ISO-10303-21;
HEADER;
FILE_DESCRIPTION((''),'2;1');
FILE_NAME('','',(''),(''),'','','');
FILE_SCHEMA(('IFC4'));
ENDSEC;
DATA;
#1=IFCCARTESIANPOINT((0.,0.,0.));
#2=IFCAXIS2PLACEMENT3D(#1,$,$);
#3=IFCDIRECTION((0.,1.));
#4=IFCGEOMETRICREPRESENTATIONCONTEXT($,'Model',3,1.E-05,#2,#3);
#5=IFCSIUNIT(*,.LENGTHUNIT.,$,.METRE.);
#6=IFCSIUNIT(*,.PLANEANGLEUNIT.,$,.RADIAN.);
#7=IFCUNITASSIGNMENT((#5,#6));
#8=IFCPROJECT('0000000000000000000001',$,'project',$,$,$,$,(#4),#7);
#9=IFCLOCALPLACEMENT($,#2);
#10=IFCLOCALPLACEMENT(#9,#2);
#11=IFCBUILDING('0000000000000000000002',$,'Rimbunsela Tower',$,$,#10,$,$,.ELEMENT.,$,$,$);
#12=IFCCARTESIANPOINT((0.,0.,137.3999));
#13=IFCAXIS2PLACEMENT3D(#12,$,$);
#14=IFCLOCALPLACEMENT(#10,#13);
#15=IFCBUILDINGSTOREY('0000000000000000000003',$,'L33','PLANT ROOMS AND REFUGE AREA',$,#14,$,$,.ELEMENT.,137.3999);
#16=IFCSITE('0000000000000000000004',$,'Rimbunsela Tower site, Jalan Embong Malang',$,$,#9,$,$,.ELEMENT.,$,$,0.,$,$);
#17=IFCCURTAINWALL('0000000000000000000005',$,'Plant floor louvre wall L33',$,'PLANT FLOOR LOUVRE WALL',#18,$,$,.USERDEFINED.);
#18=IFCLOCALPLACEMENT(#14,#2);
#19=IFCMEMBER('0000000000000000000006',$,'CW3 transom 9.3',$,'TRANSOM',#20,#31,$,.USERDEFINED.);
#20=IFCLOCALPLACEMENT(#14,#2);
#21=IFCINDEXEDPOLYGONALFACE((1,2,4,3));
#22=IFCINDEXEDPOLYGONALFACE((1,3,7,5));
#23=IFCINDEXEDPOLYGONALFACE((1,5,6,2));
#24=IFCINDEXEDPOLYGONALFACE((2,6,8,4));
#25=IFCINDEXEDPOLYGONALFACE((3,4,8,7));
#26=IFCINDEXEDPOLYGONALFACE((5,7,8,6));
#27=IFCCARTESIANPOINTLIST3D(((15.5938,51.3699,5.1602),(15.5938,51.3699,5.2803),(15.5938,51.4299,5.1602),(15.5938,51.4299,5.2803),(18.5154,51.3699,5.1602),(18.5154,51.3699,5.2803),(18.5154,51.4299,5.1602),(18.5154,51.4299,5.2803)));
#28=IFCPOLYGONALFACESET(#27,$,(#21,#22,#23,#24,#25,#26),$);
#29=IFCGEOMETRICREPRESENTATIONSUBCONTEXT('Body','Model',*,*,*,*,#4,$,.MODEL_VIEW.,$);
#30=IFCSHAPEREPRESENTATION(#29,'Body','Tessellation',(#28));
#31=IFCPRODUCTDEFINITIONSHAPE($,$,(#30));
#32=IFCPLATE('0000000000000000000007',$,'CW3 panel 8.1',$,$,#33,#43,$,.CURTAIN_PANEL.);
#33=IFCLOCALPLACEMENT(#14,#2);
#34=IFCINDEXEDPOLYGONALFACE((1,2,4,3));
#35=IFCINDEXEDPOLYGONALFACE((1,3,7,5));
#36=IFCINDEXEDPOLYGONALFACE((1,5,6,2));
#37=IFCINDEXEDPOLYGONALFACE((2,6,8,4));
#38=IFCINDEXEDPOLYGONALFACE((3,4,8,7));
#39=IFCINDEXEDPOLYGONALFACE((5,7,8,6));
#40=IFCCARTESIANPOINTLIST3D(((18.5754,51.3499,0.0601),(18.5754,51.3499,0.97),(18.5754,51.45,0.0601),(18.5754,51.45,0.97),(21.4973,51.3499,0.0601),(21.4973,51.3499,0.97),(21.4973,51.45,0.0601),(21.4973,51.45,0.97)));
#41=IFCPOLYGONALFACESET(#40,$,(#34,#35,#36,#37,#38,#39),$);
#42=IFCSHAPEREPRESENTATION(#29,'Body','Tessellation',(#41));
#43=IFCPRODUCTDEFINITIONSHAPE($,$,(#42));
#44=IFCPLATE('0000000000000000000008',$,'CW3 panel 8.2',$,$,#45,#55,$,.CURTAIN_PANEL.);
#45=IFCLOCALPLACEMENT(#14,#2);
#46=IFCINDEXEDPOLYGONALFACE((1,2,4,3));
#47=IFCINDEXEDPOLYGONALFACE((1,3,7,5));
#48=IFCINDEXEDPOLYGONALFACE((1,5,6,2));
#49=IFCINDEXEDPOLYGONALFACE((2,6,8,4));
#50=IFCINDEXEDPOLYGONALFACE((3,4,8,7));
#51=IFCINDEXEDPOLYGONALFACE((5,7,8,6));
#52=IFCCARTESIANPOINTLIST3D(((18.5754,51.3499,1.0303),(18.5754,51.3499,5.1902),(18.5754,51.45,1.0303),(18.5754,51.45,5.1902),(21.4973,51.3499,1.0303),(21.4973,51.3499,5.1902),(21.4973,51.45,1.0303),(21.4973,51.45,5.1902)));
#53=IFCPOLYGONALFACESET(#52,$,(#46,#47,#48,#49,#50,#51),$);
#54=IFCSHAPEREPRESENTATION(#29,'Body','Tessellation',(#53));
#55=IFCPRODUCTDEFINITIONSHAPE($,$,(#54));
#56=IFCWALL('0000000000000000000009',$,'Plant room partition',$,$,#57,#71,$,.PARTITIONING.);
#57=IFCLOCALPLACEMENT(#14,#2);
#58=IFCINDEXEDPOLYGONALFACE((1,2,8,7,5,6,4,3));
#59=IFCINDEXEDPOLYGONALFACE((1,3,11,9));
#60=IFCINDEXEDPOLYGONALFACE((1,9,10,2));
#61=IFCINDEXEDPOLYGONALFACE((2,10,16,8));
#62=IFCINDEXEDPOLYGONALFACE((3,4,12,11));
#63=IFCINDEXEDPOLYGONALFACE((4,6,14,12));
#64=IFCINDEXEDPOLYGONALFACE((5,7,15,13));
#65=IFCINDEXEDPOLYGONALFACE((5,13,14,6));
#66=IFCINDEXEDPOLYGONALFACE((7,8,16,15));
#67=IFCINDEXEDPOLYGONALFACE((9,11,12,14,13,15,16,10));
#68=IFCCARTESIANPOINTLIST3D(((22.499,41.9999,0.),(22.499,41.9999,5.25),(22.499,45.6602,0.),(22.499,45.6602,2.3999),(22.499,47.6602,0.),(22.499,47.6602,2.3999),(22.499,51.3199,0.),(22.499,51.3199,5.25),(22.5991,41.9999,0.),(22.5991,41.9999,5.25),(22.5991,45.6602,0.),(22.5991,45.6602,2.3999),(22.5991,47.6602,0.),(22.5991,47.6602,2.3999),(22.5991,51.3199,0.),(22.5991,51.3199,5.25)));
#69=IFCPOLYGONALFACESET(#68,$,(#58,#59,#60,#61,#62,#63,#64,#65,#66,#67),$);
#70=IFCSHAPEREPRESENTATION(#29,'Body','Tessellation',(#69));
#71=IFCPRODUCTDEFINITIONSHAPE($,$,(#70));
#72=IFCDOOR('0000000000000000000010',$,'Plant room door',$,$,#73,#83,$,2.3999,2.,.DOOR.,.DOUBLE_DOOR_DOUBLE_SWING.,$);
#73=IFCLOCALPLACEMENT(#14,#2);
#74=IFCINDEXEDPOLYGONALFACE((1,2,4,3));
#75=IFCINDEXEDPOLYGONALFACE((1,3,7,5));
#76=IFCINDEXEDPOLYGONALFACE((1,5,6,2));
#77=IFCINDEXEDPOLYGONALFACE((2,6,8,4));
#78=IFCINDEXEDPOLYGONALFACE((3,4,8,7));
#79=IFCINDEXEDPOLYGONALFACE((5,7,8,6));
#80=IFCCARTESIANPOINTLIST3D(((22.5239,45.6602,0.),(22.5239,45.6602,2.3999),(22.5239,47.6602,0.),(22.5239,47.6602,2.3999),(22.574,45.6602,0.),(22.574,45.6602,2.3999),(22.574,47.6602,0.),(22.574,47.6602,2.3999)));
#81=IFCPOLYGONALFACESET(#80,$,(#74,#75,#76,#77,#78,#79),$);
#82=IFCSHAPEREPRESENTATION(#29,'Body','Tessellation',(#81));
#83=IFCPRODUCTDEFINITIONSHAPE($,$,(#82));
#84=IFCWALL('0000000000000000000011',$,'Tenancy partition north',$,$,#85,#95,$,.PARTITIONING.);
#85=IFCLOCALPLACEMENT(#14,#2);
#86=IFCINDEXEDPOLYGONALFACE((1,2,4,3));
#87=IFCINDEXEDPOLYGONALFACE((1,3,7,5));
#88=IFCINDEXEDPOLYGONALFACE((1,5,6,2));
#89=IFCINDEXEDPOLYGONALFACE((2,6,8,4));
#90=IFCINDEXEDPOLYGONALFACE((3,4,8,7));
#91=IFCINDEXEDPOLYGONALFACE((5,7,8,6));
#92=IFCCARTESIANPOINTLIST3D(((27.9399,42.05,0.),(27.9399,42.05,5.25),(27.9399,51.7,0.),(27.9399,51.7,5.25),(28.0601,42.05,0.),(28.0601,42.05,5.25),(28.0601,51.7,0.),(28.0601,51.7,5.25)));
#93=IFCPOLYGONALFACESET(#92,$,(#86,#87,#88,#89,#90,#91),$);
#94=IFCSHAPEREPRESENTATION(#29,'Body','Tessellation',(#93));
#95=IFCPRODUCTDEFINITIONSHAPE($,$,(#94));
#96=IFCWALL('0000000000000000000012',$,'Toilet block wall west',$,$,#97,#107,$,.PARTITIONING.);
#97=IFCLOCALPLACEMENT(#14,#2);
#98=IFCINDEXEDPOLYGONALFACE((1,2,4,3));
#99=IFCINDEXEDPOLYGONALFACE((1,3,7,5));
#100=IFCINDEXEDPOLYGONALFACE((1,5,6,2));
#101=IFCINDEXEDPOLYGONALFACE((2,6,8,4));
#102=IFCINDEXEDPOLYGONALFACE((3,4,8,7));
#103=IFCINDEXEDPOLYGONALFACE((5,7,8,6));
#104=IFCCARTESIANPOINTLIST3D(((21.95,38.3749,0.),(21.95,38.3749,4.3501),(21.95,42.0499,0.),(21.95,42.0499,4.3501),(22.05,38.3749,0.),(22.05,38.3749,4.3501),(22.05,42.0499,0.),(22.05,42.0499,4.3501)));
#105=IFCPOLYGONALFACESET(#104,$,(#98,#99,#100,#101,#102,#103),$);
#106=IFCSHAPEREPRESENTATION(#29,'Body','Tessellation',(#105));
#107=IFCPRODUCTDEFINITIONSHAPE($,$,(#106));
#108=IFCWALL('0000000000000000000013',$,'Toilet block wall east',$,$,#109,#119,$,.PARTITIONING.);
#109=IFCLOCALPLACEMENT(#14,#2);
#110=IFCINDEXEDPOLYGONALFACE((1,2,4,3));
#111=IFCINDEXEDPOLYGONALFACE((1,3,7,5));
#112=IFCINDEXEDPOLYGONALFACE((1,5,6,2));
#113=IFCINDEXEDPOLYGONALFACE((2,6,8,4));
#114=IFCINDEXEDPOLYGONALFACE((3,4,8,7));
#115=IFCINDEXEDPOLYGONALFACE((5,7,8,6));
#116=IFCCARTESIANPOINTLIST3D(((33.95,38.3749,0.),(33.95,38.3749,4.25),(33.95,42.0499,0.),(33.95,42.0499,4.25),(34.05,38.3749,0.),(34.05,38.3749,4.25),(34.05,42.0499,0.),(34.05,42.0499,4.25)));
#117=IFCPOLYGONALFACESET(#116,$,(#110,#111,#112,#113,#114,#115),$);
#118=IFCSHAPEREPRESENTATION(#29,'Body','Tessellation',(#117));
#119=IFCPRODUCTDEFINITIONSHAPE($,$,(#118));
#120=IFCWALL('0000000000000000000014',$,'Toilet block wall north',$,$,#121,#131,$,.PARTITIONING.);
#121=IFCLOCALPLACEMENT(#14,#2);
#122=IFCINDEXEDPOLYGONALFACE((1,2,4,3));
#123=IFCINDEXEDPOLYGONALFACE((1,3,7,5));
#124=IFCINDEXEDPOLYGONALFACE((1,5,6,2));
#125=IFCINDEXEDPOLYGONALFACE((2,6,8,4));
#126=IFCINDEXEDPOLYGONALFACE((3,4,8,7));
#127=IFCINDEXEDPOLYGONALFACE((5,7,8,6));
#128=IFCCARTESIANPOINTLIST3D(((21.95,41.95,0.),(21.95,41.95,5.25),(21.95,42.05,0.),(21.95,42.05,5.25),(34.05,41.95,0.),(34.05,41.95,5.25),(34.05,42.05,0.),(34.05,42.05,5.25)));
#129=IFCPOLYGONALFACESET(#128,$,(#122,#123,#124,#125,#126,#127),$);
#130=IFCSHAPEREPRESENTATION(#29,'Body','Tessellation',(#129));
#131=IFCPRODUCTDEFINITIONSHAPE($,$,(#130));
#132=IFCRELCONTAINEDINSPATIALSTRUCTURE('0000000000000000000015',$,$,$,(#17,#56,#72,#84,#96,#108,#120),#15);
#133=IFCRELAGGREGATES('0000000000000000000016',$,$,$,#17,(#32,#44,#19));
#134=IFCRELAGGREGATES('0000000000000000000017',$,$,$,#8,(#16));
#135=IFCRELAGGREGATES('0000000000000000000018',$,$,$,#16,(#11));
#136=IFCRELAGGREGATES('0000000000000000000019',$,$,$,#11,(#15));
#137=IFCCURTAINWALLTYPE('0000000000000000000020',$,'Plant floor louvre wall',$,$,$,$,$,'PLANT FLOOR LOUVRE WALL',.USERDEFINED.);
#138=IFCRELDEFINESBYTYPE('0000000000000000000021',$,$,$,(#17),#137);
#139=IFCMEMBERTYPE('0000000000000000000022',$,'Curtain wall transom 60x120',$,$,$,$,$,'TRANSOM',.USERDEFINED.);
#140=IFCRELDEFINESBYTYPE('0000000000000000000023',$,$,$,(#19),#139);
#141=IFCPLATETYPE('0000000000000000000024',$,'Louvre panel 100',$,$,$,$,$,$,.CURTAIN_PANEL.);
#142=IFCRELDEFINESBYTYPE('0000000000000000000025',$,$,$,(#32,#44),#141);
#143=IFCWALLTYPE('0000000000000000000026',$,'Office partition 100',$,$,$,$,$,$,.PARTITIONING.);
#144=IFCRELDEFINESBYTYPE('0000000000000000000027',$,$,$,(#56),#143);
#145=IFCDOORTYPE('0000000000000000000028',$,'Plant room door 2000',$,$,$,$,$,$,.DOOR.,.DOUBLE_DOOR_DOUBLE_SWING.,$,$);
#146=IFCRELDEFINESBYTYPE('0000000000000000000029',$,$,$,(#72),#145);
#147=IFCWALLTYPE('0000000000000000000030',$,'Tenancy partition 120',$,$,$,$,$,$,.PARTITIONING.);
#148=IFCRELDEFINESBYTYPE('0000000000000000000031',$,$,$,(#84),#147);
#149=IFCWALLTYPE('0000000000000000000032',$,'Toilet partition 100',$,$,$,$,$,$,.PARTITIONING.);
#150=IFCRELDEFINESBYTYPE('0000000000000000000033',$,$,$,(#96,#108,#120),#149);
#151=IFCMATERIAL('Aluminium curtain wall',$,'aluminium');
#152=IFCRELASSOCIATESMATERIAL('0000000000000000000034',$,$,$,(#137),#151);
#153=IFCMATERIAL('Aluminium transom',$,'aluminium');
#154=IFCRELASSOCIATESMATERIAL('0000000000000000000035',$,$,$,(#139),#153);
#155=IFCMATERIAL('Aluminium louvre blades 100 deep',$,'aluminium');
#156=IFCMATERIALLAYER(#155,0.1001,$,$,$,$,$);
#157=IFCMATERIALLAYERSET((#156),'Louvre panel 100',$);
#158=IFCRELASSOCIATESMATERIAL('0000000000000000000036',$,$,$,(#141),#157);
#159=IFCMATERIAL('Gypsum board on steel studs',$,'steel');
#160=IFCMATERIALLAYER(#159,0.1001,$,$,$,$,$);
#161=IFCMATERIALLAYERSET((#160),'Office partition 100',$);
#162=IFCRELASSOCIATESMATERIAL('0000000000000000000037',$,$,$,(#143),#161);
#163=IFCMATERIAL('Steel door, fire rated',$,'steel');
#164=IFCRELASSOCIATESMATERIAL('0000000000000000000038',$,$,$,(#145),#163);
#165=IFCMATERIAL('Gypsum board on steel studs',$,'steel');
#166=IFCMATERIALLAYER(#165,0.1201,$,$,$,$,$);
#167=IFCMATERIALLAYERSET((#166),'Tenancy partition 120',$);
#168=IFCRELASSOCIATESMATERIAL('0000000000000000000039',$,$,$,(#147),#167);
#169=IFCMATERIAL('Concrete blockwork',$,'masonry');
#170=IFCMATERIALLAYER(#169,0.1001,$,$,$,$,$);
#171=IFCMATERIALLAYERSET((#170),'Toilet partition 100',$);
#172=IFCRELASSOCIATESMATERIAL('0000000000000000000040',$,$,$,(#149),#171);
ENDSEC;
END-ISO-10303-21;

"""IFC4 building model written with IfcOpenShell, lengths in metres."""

from ifc_helpers import new_model, si_unit, direction, frame, frame_2d, origin, origin_2d, place, context, subcontext, project, spatial, rectangle, extrude, material, layer, layer_set, material_profile, profile_set, type_object, element, fill, aggregate, save


model = new_model("IFC4")

# Units and contexts
model_context = context("Model", 3, precision=1e-05, world=origin(), true_north=direction((0.0, 1.0)))
body_context = subcontext(model_context, "Body", "Model", "MODEL_VIEW")
ifc_project = project(units=[si_unit("LENGTHUNIT", "METRE"), si_unit("PLANEANGLEUNIT", "RADIAN")], contexts=[model_context])

# Site, building, storey
site_placement = place(None, origin())
site = spatial("IfcSite", under=ifc_project, at=site_placement, Name="Rimbunsela Tower site, Jalan Embong Malang", CompositionType="ELEMENT", RefElevation=0.0)
building_placement = place(site_placement, origin())
building = spatial("IfcBuilding", under=site, at=building_placement, Name="Rimbunsela Tower", CompositionType="ELEMENT")
storey_placement = place(building_placement, frame((0.0, 0.0, 137.3999)))
storey = spatial("IfcBuildingStorey", under=building, at=storey_placement, Name="L33", Description="PLANT ROOMS AND REFUGE AREA", CompositionType="ELEMENT", Elevation=137.3999)

# Curtain wall, member, plates
ifc_material_1 = material(Name="Aluminium curtain wall", Category="aluminium")
curtain_wall_type = type_object("IfcCurtainWallType", Name="Plant floor louvre wall", ElementType="PLANT FLOOR LOUVRE WALL", PredefinedType="USERDEFINED", material=ifc_material_1)
curtain_wall_placement = place(storey_placement, origin())
curtain_wall = element("IfcCurtainWall", 1, at=curtain_wall_placement, inside=storey, type_object=curtain_wall_type, Name="Plant floor louvre wall L33", ObjectType="PLANT FLOOR LOUVRE WALL", PredefinedType="USERDEFINED")
ifc_material_2 = material(Name="Aluminium transom", Category="aluminium")
ifc_material_profile_1 = material_profile(ifc_material_2, rectangle(XDim=0.0601, YDim=0.1201, at=origin_2d()), Name="Transom 60x120")
ifc_profile_set_1 = profile_set([ifc_material_profile_1], Name="Aluminium transom")
member_type_1 = type_object("IfcMemberType", Name="Curtain wall transom 60x120", ElementType="TRANSOM", PredefinedType="USERDEFINED", material=ifc_profile_set_1)
member_1_placement = place(storey_placement, frame((18.5154, 51.3999, 5.2202), z_axis=(-1.0, 0.0, 0.0), x_axis=(0.0, -1.0, 0.0)))
member_1 = element("IfcMember", 2, at=member_1_placement, type_object=member_type_1, Name="CW3 transom 9.3", ObjectType="TRANSOM", PredefinedType="USERDEFINED", context=body_context, shape_type="SweptSolid", body=[
    extrude(rectangle(XDim=0.0601, YDim=0.1201, at=origin_2d()), origin(), (0.0, 0.0, 1.0), 2.9216),
])
ifc_material_3 = material(Name="Aluminium louvre blades 100 deep", Category="aluminium")
ifc_layer_1 = layer(ifc_material_3, 0.1001)
ifc_layer_set_1 = layer_set([ifc_layer_1], Name="Louvre panel 100")
plate_type = type_object("IfcPlateType", Name="Louvre panel 100", PredefinedType="CURTAIN_PANEL", material=ifc_layer_set_1)
plate_1_placement = place(storey_placement, frame((20.0364, 51.3999, 0.0601), z_axis=(0.0, 0.0, 1.0), x_axis=(-1.0, 0.0, 0.0)))
plate_1 = element("IfcPlate", 3, at=plate_1_placement, type_object=plate_type, Name="CW3 panel 8.1", PredefinedType="CURTAIN_PANEL", context=body_context, shape_type="SweptSolid", body=[
    extrude(rectangle(XDim=2.9219, YDim=0.1001, at=origin_2d()), origin(), (0.0, 0.0, 1.0), 0.9099),
])
plate_2_placement = place(storey_placement, frame((20.0364, 51.3999, 1.0303), z_axis=(0.0, 0.0, 1.0), x_axis=(-1.0, 0.0, 0.0)))
plate_2 = element("IfcPlate", 4, at=plate_2_placement, type_object=plate_type, Name="CW3 panel 8.2", PredefinedType="CURTAIN_PANEL", context=body_context, shape_type="SweptSolid", body=[
    extrude(rectangle(XDim=2.9219, YDim=0.1001, at=origin_2d()), origin(), (0.0, 0.0, 1.0), 4.1599),
])
aggregate(curtain_wall, [plate_1, plate_2, member_1])

# Wall, opening, door
ifc_material_4 = material(Name="Gypsum board on steel studs", Category="steel")
ifc_layer_2 = layer(ifc_material_4, 0.1001)
ifc_layer_set_2 = layer_set([ifc_layer_2], Name="Office partition 100")
wall_type_1 = type_object("IfcWallType", Name="Office partition 100", PredefinedType="PARTITIONING", material=ifc_layer_set_2)
wall_1_placement = place(storey_placement, frame((22.5491, 51.3201, 0.0), z_axis=(0.0, 0.0, 1.0), x_axis=(0.0, -1.0, 0.0)))
wall_1 = element("IfcWall", 5, at=wall_1_placement, inside=storey, type_object=wall_type_1, Name="Plant room partition", PredefinedType="PARTITIONING", context=body_context, shape_type="SweptSolid", body=[
    extrude(rectangle(XDim=9.3201, YDim=0.1001, at=frame_2d((4.6602, 0.0))), origin(), (0.0, 0.0, 1.0), 5.25),
])
opening_placement = place(wall_1_placement, frame((3.6599, 0.0, 0.0)))
opening = element("IfcOpeningElement", 6, at=opening_placement, cuts=wall_1, PredefinedType="OPENING", context=body_context, shape_type="SweptSolid", body=[
    extrude(rectangle(XDim=2.0, YDim=2.3999, at=frame_2d((1.0, 1.2))), frame((0.0, 0.0601, 0.0), z_axis=(0.0, -1.0, 0.0), x_axis=(1.0, 0.0, 0.0)), (0.0, 0.0, 1.0), 0.1201),
])
ifc_material_5 = material(Name="Steel door, fire rated", Category="steel")
door_type = type_object("IfcDoorType", Name="Plant room door 2000", OperationType="DOUBLE_DOOR_DOUBLE_SWING", PredefinedType="DOOR", material=ifc_material_5)
door_placement = place(opening_placement, origin())
door = element("IfcDoor", 7, at=door_placement, inside=storey, type_object=door_type, Name="Plant room door", OperationType="DOUBLE_DOOR_DOUBLE_SWING", OverallHeight=2.3999, OverallWidth=2.0, PredefinedType="DOOR", context=body_context, shape_type="SweptSolid", body=[
    extrude(rectangle(XDim=2.0, YDim=2.3999, at=frame_2d((1.0, 1.2))), frame((0.0, 0.0249, 0.0), z_axis=(0.0, -1.0, 0.0), x_axis=(1.0, 0.0, 0.0)), (0.0, 0.0, 1.0), 0.05),
])
fill(opening, door)

# Walls
ifc_material_6 = material(Name="Gypsum board on steel studs", Category="steel")
ifc_layer_3 = layer(ifc_material_6, 0.1201)
ifc_layer_set_3 = layer_set([ifc_layer_3], Name="Tenancy partition 120")
wall_type_2 = type_object("IfcWallType", Name="Tenancy partition 120", PredefinedType="PARTITIONING", material=ifc_layer_set_3)
wall_2_placement = place(storey_placement, frame((28.0, 42.05, 0.0), z_axis=(0.0, 0.0, 1.0), x_axis=(0.0, 1.0, 0.0)))
element("IfcWall", 8, at=wall_2_placement, inside=storey, type_object=wall_type_2, Name="Tenancy partition north", PredefinedType="PARTITIONING", context=body_context, shape_type="SweptSolid", body=[
    extrude(rectangle(XDim=9.6499, YDim=0.1201, at=frame_2d((4.825, 0.0))), origin(), (0.0, 0.0, 1.0), 5.25),
])
ifc_material_7 = material(Name="Concrete blockwork", Category="masonry")
ifc_layer_4 = layer(ifc_material_7, 0.1001)
ifc_layer_set_4 = layer_set([ifc_layer_4], Name="Toilet partition 100")
wall_type_3 = type_object("IfcWallType", Name="Toilet partition 100", PredefinedType="PARTITIONING", material=ifc_layer_set_4)
wall_3_placement = place(storey_placement, frame((22.0, 38.375, 0.0), z_axis=(0.0, 0.0, 1.0), x_axis=(0.0, 1.0, 0.0)))
element("IfcWall", 9, at=wall_3_placement, inside=storey, type_object=wall_type_3, Name="Toilet block wall west", PredefinedType="PARTITIONING", context=body_context, shape_type="SweptSolid", body=[
    extrude(rectangle(XDim=3.675, YDim=0.1001, at=frame_2d((1.8374, 0.0))), origin(), (0.0, 0.0, 1.0), 4.3501),
])
wall_4_placement = place(storey_placement, frame((34.0, 38.375, 0.0), z_axis=(0.0, 0.0, 1.0), x_axis=(0.0, 1.0, 0.0)))
element("IfcWall", 10, at=wall_4_placement, inside=storey, type_object=wall_type_3, Name="Toilet block wall east", PredefinedType="PARTITIONING", context=body_context, shape_type="SweptSolid", body=[
    extrude(rectangle(XDim=3.675, YDim=0.1001, at=frame_2d((1.8374, 0.0))), origin(), (0.0, 0.0, 1.0), 4.25),
])
wall_5_placement = place(storey_placement, frame((21.95, 42.0, 0.0), z_axis=(0.0, 0.0, 1.0), x_axis=(1.0, 0.0, 0.0)))
element("IfcWall", 11, at=wall_5_placement, inside=storey, type_object=wall_type_3, Name="Toilet block wall north", PredefinedType="PARTITIONING", context=body_context, shape_type="SweptSolid", body=[
    extrude(rectangle(XDim=12.1001, YDim=0.1001, at=frame_2d((6.05, 0.0))), origin(), (0.0, 0.0, 1.0), 5.25),
])

save(model, "model.ifc")
